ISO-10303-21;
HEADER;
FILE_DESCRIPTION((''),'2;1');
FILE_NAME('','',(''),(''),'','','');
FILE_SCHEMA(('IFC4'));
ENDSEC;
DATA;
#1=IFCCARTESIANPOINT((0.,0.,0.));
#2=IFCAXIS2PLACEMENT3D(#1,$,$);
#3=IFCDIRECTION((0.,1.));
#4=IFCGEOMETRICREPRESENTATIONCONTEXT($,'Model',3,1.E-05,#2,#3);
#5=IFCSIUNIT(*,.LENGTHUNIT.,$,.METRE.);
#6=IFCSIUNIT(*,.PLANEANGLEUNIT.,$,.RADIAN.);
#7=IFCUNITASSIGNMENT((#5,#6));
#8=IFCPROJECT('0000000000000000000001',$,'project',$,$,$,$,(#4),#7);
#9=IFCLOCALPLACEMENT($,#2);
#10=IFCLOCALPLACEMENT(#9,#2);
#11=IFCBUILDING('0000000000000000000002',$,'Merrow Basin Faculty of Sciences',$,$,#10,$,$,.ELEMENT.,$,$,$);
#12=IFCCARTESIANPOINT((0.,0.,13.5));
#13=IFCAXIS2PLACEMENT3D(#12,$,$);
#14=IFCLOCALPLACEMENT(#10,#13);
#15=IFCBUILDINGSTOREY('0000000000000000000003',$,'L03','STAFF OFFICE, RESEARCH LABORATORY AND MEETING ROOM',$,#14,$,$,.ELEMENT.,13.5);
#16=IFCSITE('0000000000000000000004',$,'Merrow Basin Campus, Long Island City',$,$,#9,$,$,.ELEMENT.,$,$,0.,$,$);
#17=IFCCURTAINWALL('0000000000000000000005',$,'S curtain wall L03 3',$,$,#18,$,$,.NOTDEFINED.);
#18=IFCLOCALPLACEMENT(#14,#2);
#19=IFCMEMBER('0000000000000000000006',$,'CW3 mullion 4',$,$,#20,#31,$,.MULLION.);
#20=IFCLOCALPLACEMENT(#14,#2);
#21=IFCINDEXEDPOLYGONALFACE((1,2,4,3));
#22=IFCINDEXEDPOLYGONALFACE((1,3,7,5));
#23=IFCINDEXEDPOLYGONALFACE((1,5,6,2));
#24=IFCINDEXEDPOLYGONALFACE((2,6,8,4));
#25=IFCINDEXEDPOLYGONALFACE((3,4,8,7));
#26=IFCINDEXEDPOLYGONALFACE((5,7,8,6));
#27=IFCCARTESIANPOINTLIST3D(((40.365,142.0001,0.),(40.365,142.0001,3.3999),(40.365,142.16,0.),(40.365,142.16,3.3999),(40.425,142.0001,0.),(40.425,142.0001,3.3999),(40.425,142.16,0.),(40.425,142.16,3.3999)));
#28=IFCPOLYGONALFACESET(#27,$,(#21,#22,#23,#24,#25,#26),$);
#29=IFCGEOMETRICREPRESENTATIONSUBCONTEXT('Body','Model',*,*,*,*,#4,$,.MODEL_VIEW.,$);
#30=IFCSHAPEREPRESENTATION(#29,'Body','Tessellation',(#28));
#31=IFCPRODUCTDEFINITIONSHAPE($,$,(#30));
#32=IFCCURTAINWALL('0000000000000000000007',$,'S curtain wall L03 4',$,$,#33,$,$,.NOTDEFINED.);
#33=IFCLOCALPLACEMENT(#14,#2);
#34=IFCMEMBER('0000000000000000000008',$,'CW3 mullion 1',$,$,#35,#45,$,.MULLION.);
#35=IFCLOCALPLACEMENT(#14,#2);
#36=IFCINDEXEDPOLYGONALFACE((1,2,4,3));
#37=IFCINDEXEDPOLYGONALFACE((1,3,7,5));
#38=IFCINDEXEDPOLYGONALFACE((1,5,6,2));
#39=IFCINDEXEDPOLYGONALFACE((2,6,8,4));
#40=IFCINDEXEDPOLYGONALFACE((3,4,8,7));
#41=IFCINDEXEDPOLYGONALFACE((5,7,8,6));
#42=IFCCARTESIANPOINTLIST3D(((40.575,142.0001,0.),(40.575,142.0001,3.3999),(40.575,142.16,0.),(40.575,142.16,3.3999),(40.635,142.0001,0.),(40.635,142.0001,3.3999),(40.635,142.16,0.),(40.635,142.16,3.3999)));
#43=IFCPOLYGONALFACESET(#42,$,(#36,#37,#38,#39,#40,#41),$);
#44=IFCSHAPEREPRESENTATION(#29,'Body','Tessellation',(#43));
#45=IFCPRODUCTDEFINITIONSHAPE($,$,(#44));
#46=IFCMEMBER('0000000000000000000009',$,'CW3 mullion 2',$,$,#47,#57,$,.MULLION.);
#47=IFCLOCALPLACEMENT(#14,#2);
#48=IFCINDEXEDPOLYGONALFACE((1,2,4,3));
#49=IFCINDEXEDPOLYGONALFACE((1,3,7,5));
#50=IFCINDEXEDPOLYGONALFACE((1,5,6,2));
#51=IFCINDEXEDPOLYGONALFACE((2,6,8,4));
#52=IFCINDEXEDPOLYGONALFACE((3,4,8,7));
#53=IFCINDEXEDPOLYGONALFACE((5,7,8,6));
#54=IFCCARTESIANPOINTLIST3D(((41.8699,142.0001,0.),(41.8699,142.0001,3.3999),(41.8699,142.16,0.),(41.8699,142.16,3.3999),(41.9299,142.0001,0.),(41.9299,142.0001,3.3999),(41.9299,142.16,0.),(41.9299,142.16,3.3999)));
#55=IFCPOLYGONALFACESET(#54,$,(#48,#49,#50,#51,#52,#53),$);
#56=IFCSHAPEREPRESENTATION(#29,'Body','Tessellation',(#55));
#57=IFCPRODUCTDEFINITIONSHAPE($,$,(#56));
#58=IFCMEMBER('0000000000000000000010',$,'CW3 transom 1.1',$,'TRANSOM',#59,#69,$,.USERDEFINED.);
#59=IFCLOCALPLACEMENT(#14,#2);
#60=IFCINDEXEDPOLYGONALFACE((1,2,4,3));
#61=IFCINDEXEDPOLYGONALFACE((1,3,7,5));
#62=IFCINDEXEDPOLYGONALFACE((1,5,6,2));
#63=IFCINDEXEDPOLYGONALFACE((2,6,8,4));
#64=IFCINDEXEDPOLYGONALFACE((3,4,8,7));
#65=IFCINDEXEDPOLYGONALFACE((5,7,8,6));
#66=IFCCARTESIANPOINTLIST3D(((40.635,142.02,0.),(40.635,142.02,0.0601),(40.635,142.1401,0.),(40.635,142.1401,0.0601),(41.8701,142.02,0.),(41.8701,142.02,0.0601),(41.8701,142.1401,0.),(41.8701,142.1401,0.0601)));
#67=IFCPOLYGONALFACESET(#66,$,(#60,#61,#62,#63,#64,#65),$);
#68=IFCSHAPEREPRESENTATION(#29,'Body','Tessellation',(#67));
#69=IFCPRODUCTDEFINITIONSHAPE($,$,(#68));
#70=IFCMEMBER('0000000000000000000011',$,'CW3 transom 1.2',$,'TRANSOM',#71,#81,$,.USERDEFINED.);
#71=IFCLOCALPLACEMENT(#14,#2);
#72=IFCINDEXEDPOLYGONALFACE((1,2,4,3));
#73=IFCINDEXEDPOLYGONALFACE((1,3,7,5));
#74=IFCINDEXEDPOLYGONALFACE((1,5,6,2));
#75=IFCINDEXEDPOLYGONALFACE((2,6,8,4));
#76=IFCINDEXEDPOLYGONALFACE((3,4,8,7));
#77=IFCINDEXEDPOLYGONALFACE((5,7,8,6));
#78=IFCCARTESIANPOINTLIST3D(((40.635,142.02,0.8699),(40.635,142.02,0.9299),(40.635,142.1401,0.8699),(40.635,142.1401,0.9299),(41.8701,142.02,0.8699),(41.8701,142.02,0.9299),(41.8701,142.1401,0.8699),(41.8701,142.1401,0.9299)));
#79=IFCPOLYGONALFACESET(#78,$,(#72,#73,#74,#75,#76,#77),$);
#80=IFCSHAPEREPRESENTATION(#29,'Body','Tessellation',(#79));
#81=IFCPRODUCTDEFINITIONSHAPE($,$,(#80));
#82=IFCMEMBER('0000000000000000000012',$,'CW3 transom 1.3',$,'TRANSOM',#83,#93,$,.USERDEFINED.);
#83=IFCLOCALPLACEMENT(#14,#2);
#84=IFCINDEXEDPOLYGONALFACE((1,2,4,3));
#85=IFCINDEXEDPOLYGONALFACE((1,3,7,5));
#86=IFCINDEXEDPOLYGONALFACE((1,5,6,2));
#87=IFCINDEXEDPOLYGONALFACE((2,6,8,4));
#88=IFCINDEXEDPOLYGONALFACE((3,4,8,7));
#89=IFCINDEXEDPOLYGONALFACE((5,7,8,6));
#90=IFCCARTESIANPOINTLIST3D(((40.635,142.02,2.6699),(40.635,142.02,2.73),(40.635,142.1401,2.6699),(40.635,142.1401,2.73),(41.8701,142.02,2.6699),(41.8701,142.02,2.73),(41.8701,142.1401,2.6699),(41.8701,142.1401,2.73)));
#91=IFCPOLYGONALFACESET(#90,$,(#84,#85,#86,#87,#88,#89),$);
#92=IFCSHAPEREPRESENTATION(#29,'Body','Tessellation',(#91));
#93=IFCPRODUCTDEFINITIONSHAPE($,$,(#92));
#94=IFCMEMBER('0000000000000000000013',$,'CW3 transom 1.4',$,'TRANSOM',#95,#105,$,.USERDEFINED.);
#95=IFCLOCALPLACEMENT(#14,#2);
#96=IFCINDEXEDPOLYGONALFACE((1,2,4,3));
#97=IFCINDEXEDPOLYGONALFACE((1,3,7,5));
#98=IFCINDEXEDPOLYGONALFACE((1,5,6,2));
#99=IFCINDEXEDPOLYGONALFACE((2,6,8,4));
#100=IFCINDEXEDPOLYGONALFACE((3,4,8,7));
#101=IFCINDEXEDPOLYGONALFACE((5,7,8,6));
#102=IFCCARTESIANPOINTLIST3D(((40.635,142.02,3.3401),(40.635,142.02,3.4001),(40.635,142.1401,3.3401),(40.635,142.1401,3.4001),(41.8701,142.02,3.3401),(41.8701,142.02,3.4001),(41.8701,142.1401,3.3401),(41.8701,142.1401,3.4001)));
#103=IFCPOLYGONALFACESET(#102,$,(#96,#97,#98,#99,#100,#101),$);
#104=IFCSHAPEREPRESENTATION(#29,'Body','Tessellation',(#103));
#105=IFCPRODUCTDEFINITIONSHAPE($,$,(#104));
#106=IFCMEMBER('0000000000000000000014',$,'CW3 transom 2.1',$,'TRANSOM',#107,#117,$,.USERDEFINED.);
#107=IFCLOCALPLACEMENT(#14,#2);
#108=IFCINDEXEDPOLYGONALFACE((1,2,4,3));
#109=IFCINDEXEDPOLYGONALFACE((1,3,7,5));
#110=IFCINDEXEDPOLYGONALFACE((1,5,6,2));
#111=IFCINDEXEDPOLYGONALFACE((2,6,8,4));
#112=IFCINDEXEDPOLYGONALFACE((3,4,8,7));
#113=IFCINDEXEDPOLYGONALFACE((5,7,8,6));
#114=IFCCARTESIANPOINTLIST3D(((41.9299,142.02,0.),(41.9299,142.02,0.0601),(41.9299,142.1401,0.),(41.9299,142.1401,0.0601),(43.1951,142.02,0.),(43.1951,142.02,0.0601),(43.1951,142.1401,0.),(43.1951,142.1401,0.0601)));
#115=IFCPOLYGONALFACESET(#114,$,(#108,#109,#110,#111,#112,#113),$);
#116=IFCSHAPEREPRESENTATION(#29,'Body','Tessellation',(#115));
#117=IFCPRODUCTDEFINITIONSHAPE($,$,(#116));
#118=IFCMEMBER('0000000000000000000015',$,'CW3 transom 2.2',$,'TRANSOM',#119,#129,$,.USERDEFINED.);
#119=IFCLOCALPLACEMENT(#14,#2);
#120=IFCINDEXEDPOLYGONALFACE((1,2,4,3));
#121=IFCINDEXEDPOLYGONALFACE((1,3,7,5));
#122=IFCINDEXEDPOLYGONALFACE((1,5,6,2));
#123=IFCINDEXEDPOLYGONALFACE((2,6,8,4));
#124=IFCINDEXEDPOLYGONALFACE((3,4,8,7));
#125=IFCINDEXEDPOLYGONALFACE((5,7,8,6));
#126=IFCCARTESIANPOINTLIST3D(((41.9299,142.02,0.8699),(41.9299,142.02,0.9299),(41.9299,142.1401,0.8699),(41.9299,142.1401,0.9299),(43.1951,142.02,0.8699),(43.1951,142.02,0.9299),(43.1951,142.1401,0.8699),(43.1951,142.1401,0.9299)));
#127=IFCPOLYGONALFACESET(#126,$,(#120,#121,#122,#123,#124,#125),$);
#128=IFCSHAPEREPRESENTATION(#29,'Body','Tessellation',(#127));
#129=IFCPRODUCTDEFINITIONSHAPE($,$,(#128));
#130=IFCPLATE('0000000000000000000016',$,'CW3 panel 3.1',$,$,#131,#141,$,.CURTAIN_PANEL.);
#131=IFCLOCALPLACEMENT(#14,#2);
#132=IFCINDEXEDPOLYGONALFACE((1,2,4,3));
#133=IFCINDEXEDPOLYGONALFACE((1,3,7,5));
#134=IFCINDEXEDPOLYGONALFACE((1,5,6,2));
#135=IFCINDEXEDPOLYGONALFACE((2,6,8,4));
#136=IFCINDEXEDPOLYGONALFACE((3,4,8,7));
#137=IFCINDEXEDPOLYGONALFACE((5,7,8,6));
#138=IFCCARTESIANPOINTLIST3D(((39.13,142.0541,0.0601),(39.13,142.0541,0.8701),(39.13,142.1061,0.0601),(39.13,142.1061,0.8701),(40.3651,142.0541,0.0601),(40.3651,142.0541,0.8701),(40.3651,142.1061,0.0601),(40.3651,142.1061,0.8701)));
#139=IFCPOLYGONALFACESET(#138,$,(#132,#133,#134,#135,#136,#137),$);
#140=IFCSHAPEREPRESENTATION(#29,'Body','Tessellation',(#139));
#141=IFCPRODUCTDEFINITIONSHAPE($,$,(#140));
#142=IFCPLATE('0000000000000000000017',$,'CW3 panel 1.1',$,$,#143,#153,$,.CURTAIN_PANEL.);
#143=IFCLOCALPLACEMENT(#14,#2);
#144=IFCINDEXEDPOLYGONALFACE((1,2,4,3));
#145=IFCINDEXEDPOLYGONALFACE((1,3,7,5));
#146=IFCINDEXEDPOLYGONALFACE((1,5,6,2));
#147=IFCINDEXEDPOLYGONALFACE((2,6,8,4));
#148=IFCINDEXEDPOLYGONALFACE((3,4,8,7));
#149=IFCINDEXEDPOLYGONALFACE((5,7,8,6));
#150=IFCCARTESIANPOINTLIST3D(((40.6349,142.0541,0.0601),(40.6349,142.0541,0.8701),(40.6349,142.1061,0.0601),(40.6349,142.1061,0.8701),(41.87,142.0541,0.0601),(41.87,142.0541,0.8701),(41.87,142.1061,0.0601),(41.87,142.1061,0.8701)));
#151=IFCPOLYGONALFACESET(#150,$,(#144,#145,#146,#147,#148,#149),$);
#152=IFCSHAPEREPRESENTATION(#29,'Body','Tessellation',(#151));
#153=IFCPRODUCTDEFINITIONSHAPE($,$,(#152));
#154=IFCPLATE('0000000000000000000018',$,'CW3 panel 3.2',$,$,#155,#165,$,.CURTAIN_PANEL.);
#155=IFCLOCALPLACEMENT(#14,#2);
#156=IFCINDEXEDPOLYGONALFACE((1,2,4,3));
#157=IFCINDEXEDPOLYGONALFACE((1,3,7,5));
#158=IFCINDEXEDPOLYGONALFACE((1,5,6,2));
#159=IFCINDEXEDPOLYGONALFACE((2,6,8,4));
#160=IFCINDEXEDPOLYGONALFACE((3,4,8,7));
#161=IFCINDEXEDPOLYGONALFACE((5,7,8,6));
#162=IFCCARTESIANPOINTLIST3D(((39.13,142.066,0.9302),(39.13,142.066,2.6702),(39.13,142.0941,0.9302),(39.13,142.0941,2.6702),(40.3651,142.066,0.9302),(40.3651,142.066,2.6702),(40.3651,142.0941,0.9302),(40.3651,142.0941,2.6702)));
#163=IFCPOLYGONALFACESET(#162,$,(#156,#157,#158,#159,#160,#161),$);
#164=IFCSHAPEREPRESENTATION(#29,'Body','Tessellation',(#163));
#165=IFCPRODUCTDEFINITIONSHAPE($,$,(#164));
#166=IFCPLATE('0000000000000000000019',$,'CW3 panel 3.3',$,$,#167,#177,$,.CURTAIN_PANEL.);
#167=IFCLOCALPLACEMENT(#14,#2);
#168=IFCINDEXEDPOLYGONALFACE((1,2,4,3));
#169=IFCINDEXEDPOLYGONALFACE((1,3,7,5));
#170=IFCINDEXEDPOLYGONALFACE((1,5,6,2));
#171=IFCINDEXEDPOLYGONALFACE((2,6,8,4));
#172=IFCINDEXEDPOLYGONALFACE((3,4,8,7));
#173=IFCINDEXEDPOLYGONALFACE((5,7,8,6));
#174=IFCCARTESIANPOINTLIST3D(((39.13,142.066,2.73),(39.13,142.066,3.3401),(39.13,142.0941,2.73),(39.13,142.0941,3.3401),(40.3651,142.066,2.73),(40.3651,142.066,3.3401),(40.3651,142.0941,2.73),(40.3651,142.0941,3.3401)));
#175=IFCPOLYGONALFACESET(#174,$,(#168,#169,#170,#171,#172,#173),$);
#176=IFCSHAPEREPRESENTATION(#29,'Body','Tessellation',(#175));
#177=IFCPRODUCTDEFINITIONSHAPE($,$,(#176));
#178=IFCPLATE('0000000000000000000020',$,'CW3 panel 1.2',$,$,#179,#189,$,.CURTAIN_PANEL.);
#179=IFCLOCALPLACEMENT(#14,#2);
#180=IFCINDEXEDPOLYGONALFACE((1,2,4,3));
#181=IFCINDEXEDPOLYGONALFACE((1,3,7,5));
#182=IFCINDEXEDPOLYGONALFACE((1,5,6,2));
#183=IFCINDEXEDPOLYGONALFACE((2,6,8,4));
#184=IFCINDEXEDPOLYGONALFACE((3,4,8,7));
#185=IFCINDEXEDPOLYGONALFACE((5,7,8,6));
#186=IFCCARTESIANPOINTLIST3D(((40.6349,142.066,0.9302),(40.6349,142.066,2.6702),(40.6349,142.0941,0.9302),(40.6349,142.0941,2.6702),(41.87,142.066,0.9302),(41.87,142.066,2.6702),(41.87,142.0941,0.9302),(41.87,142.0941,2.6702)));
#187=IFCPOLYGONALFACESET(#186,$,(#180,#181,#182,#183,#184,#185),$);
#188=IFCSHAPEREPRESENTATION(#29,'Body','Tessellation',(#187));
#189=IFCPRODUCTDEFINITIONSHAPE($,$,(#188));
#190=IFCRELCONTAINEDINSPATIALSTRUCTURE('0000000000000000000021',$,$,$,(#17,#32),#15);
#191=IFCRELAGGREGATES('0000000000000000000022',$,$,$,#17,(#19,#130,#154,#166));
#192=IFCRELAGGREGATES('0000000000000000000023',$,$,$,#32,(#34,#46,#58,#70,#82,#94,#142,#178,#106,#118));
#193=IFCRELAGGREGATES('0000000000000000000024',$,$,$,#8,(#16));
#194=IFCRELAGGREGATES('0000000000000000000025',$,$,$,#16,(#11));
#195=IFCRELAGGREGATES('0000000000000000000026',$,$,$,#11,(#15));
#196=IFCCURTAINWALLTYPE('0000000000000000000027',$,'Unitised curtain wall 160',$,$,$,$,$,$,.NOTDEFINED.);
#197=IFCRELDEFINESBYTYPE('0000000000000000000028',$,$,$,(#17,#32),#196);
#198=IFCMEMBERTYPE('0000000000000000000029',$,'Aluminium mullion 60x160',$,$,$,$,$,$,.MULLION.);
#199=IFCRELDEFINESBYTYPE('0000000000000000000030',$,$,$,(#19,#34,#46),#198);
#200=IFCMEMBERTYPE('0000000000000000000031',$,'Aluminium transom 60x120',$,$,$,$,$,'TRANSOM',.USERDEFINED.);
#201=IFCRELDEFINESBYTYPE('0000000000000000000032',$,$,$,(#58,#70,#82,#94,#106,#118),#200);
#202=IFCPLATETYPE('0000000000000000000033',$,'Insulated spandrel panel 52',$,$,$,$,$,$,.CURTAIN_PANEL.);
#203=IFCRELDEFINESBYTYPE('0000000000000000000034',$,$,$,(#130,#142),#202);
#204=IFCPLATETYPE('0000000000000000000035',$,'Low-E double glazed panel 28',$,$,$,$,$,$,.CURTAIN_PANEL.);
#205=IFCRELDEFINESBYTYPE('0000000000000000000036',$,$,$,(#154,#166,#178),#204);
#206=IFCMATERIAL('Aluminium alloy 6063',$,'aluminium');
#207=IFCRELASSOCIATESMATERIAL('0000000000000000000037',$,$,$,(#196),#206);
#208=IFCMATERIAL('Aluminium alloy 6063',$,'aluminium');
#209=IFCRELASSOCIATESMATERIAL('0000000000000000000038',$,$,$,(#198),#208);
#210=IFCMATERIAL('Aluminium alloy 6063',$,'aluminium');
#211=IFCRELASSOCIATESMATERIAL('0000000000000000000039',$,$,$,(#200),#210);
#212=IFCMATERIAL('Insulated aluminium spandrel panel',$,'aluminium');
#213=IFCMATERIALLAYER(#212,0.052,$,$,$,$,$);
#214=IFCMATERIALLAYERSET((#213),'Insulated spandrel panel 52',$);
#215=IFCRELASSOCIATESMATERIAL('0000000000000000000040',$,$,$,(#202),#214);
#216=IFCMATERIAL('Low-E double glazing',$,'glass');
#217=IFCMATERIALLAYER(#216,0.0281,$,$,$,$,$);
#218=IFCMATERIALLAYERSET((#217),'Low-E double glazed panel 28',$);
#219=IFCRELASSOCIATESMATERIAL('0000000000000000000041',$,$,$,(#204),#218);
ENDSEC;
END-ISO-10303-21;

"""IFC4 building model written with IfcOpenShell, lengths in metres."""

from ifc_helpers import new_model, si_unit, direction, frame, origin, origin_2d, place, context, subcontext, project, spatial, rectangle, extrude, material, layer, layer_set, material_profile, profile_set, type_object, element, aggregate, save


model = new_model("IFC4")

# Units and contexts
model_context = context("Model", 3, precision=1e-05, world=origin(), true_north=direction((0.0, 1.0)))
body_context = subcontext(model_context, "Body", "Model", "MODEL_VIEW")
ifc_project = project(units=[si_unit("LENGTHUNIT", "METRE"), si_unit("PLANEANGLEUNIT", "RADIAN")], contexts=[model_context])

# Site, building, storey
site_placement = place(None, origin())
site = spatial("IfcSite", under=ifc_project, at=site_placement, Name="Merrow Basin Campus, Long Island City", CompositionType="ELEMENT", RefElevation=0.0)
building_placement = place(site_placement, origin())
building = spatial("IfcBuilding", under=site, at=building_placement, Name="Merrow Basin Faculty of Sciences", CompositionType="ELEMENT")
storey_placement = place(building_placement, frame((0.0, 0.0, 13.5)))
storey = spatial("IfcBuildingStorey", under=building, at=storey_placement, Name="L03", Description="STAFF OFFICE, RESEARCH LABORATORY AND MEETING ROOM", CompositionType="ELEMENT", Elevation=13.5)

# Curtain wall, member
ifc_material_1 = material(Name="Aluminium alloy 6063", Category="aluminium")
curtain_wall_type = type_object("IfcCurtainWallType", Name="Unitised curtain wall 160", PredefinedType="NOTDEFINED", material=ifc_material_1)
curtain_wall_1_placement = place(storey_placement, origin())
curtain_wall_1 = element("IfcCurtainWall", 1, at=curtain_wall_1_placement, inside=storey, type_object=curtain_wall_type, Name="S curtain wall L03 3", PredefinedType="NOTDEFINED")
ifc_material_2 = material(Name="Aluminium alloy 6063", Category="aluminium")
ifc_material_profile_1 = material_profile(ifc_material_2, rectangle(XDim=0.1599, YDim=0.0601, at=origin_2d()))
ifc_profile_set_1 = profile_set([ifc_material_profile_1], Name="Aluminium alloy 6063")
member_type_1 = type_object("IfcMemberType", Name="Aluminium mullion 60x160", PredefinedType="MULLION", material=ifc_profile_set_1)
member_1_placement = place(storey_placement, frame((40.395, 142.0801, 0.0), z_axis=(0.0, 0.0, 1.0), x_axis=(0.0, 1.0, 0.0)))
member_1 = element("IfcMember", 2, at=member_1_placement, type_object=member_type_1, Name="CW3 mullion 4", PredefinedType="MULLION", context=body_context, shape_type="SweptSolid", body=[
    extrude(rectangle(XDim=0.1599, YDim=0.0601, at=origin_2d()), origin(), (0.0, 0.0, 1.0), 3.3999),
])

# Curtain wall, members
curtain_wall_2_placement = place(storey_placement, origin())
curtain_wall_2 = element("IfcCurtainWall", 3, at=curtain_wall_2_placement, inside=storey, type_object=curtain_wall_type, Name="S curtain wall L03 4", PredefinedType="NOTDEFINED")
member_2_placement = place(storey_placement, frame((40.605, 142.0801, 0.0), z_axis=(0.0, 0.0, 1.0), x_axis=(0.0, 1.0, 0.0)))
member_2 = element("IfcMember", 4, at=member_2_placement, type_object=member_type_1, Name="CW3 mullion 1", PredefinedType="MULLION", context=body_context, shape_type="SweptSolid", body=[
    extrude(rectangle(XDim=0.1599, YDim=0.0601, at=origin_2d()), origin(), (0.0, 0.0, 1.0), 3.3999),
])
member_3_placement = place(storey_placement, frame((41.8999, 142.0801, 0.0), z_axis=(0.0, 0.0, 1.0), x_axis=(0.0, 1.0, 0.0)))
member_3 = element("IfcMember", 5, at=member_3_placement, type_object=member_type_1, Name="CW3 mullion 2", PredefinedType="MULLION", context=body_context, shape_type="SweptSolid", body=[
    extrude(rectangle(XDim=0.1599, YDim=0.0601, at=origin_2d()), origin(), (0.0, 0.0, 1.0), 3.3999),
])
ifc_material_3 = material(Name="Aluminium alloy 6063", Category="aluminium")
ifc_material_profile_2 = material_profile(ifc_material_3, rectangle(XDim=0.1201, YDim=0.0601, at=origin_2d()))
ifc_profile_set_2 = profile_set([ifc_material_profile_2], Name="Aluminium alloy 6063")
member_type_2 = type_object("IfcMemberType", Name="Aluminium transom 60x120", ElementType="TRANSOM", PredefinedType="USERDEFINED", material=ifc_profile_set_2)
member_4_placement = place(storey_placement, frame((40.635, 142.0801, 0.03), z_axis=(1.0, 0.0, 0.0), x_axis=(0.0, 1.0, 0.0)))
member_4 = element("IfcMember", 6, at=member_4_placement, type_object=member_type_2, Name="CW3 transom 1.1", ObjectType="TRANSOM", PredefinedType="USERDEFINED", context=body_context, shape_type="SweptSolid", body=[
    extrude(rectangle(XDim=0.1201, YDim=0.0601, at=origin_2d()), origin(), (0.0, 0.0, 1.0), 1.2351),
])
member_5_placement = place(storey_placement, frame((40.635, 142.0801, 0.8999), z_axis=(1.0, 0.0, 0.0), x_axis=(0.0, 1.0, 0.0)))
member_5 = element("IfcMember", 7, at=member_5_placement, type_object=member_type_2, Name="CW3 transom 1.2", ObjectType="TRANSOM", PredefinedType="USERDEFINED", context=body_context, shape_type="SweptSolid", body=[
    extrude(rectangle(XDim=0.1201, YDim=0.0601, at=origin_2d()), origin(), (0.0, 0.0, 1.0), 1.2351),
])
member_6_placement = place(storey_placement, frame((40.635, 142.0801, 2.7), z_axis=(1.0, 0.0, 0.0), x_axis=(0.0, 1.0, 0.0)))
member_6 = element("IfcMember", 8, at=member_6_placement, type_object=member_type_2, Name="CW3 transom 1.3", ObjectType="TRANSOM", PredefinedType="USERDEFINED", context=body_context, shape_type="SweptSolid", body=[
    extrude(rectangle(XDim=0.1201, YDim=0.0601, at=origin_2d()), origin(), (0.0, 0.0, 1.0), 1.2351),
])
member_7_placement = place(storey_placement, frame((40.635, 142.0801, 3.3701), z_axis=(1.0, 0.0, 0.0), x_axis=(0.0, 1.0, 0.0)))
member_7 = element("IfcMember", 9, at=member_7_placement, type_object=member_type_2, Name="CW3 transom 1.4", ObjectType="TRANSOM", PredefinedType="USERDEFINED", context=body_context, shape_type="SweptSolid", body=[
    extrude(rectangle(XDim=0.1201, YDim=0.0601, at=origin_2d()), origin(), (0.0, 0.0, 1.0), 1.2351),
])
member_8_placement = place(storey_placement, frame((41.9299, 142.0801, 0.03), z_axis=(1.0, 0.0, 0.0), x_axis=(0.0, 1.0, 0.0)))
member_8 = element("IfcMember", 10, at=member_8_placement, type_object=member_type_2, Name="CW3 transom 2.1", ObjectType="TRANSOM", PredefinedType="USERDEFINED", context=body_context, shape_type="SweptSolid", body=[
    extrude(rectangle(XDim=0.1201, YDim=0.0601, at=origin_2d()), origin(), (0.0, 0.0, 1.0), 1.2651),
])
member_9_placement = place(storey_placement, frame((41.9299, 142.0801, 0.8999), z_axis=(1.0, 0.0, 0.0), x_axis=(0.0, 1.0, 0.0)))
member_9 = element("IfcMember", 11, at=member_9_placement, type_object=member_type_2, Name="CW3 transom 2.2", ObjectType="TRANSOM", PredefinedType="USERDEFINED", context=body_context, shape_type="SweptSolid", body=[
    extrude(rectangle(XDim=0.1201, YDim=0.0601, at=origin_2d()), origin(), (0.0, 0.0, 1.0), 1.2651),
])

# Plates
ifc_material_4 = material(Name="Insulated aluminium spandrel panel", Category="aluminium")
ifc_layer_1 = layer(ifc_material_4, 0.052)
ifc_layer_set_1 = layer_set([ifc_layer_1], Name="Insulated spandrel panel 52")
plate_type_1 = type_object("IfcPlateType", Name="Insulated spandrel panel 52", PredefinedType="CURTAIN_PANEL", material=ifc_layer_set_1)
plate_1_placement = place(storey_placement, frame((39.7476, 142.0801, 0.0601), z_axis=(0.0, 0.0, 1.0), x_axis=(1.0, 0.0, 0.0)))
plate_1 = element("IfcPlate", 12, at=plate_1_placement, type_object=plate_type_1, Name="CW3 panel 3.1", PredefinedType="CURTAIN_PANEL", context=body_context, shape_type="SweptSolid", body=[
    extrude(rectangle(XDim=1.2351, YDim=0.052, at=origin_2d()), origin(), (0.0, 0.0, 1.0), 0.8101),
])
plate_2_placement = place(storey_placement, frame((41.2524, 142.0801, 0.0601), z_axis=(0.0, 0.0, 1.0), x_axis=(1.0, 0.0, 0.0)))
plate_2 = element("IfcPlate", 13, at=plate_2_placement, type_object=plate_type_1, Name="CW3 panel 1.1", PredefinedType="CURTAIN_PANEL", context=body_context, shape_type="SweptSolid", body=[
    extrude(rectangle(XDim=1.2351, YDim=0.052, at=origin_2d()), origin(), (0.0, 0.0, 1.0), 0.8101),
])
ifc_material_5 = material(Name="Low-E double glazing", Category="glass")
ifc_layer_2 = layer(ifc_material_5, 0.0281)
ifc_layer_set_2 = layer_set([ifc_layer_2], Name="Low-E double glazed panel 28")
plate_type_2 = type_object("IfcPlateType", Name="Low-E double glazed panel 28", PredefinedType="CURTAIN_PANEL", material=ifc_layer_set_2)
plate_3_placement = place(storey_placement, frame((39.7476, 142.0801, 0.9302), z_axis=(0.0, 0.0, 1.0), x_axis=(1.0, 0.0, 0.0)))
plate_3 = element("IfcPlate", 14, at=plate_3_placement, type_object=plate_type_2, Name="CW3 panel 3.2", PredefinedType="CURTAIN_PANEL", context=body_context, shape_type="SweptSolid", body=[
    extrude(rectangle(XDim=1.2351, YDim=0.0281, at=origin_2d()), origin(), (0.0, 0.0, 1.0), 1.74),
])
plate_4_placement = place(storey_placement, frame((39.7476, 142.0801, 2.73), z_axis=(0.0, 0.0, 1.0), x_axis=(1.0, 0.0, 0.0)))
plate_4 = element("IfcPlate", 15, at=plate_4_placement, type_object=plate_type_2, Name="CW3 panel 3.3", PredefinedType="CURTAIN_PANEL", context=body_context, shape_type="SweptSolid", body=[
    extrude(rectangle(XDim=1.2351, YDim=0.0281, at=origin_2d()), origin(), (0.0, 0.0, 1.0), 0.6101),
])
aggregate(curtain_wall_1, [member_1, plate_1, plate_3, plate_4])
plate_5_placement = place(storey_placement, frame((41.2524, 142.0801, 0.9302), z_axis=(0.0, 0.0, 1.0), x_axis=(1.0, 0.0, 0.0)))
plate_5 = element("IfcPlate", 16, at=plate_5_placement, type_object=plate_type_2, Name="CW3 panel 1.2", PredefinedType="CURTAIN_PANEL", context=body_context, shape_type="SweptSolid", body=[
    extrude(rectangle(XDim=1.2351, YDim=0.0281, at=origin_2d()), origin(), (0.0, 0.0, 1.0), 1.74),
])
aggregate(curtain_wall_2, [member_2, member_3, member_4, member_5, member_6, member_7, plate_2, plate_5, member_8, member_9])

save(model, "model.ifc")
